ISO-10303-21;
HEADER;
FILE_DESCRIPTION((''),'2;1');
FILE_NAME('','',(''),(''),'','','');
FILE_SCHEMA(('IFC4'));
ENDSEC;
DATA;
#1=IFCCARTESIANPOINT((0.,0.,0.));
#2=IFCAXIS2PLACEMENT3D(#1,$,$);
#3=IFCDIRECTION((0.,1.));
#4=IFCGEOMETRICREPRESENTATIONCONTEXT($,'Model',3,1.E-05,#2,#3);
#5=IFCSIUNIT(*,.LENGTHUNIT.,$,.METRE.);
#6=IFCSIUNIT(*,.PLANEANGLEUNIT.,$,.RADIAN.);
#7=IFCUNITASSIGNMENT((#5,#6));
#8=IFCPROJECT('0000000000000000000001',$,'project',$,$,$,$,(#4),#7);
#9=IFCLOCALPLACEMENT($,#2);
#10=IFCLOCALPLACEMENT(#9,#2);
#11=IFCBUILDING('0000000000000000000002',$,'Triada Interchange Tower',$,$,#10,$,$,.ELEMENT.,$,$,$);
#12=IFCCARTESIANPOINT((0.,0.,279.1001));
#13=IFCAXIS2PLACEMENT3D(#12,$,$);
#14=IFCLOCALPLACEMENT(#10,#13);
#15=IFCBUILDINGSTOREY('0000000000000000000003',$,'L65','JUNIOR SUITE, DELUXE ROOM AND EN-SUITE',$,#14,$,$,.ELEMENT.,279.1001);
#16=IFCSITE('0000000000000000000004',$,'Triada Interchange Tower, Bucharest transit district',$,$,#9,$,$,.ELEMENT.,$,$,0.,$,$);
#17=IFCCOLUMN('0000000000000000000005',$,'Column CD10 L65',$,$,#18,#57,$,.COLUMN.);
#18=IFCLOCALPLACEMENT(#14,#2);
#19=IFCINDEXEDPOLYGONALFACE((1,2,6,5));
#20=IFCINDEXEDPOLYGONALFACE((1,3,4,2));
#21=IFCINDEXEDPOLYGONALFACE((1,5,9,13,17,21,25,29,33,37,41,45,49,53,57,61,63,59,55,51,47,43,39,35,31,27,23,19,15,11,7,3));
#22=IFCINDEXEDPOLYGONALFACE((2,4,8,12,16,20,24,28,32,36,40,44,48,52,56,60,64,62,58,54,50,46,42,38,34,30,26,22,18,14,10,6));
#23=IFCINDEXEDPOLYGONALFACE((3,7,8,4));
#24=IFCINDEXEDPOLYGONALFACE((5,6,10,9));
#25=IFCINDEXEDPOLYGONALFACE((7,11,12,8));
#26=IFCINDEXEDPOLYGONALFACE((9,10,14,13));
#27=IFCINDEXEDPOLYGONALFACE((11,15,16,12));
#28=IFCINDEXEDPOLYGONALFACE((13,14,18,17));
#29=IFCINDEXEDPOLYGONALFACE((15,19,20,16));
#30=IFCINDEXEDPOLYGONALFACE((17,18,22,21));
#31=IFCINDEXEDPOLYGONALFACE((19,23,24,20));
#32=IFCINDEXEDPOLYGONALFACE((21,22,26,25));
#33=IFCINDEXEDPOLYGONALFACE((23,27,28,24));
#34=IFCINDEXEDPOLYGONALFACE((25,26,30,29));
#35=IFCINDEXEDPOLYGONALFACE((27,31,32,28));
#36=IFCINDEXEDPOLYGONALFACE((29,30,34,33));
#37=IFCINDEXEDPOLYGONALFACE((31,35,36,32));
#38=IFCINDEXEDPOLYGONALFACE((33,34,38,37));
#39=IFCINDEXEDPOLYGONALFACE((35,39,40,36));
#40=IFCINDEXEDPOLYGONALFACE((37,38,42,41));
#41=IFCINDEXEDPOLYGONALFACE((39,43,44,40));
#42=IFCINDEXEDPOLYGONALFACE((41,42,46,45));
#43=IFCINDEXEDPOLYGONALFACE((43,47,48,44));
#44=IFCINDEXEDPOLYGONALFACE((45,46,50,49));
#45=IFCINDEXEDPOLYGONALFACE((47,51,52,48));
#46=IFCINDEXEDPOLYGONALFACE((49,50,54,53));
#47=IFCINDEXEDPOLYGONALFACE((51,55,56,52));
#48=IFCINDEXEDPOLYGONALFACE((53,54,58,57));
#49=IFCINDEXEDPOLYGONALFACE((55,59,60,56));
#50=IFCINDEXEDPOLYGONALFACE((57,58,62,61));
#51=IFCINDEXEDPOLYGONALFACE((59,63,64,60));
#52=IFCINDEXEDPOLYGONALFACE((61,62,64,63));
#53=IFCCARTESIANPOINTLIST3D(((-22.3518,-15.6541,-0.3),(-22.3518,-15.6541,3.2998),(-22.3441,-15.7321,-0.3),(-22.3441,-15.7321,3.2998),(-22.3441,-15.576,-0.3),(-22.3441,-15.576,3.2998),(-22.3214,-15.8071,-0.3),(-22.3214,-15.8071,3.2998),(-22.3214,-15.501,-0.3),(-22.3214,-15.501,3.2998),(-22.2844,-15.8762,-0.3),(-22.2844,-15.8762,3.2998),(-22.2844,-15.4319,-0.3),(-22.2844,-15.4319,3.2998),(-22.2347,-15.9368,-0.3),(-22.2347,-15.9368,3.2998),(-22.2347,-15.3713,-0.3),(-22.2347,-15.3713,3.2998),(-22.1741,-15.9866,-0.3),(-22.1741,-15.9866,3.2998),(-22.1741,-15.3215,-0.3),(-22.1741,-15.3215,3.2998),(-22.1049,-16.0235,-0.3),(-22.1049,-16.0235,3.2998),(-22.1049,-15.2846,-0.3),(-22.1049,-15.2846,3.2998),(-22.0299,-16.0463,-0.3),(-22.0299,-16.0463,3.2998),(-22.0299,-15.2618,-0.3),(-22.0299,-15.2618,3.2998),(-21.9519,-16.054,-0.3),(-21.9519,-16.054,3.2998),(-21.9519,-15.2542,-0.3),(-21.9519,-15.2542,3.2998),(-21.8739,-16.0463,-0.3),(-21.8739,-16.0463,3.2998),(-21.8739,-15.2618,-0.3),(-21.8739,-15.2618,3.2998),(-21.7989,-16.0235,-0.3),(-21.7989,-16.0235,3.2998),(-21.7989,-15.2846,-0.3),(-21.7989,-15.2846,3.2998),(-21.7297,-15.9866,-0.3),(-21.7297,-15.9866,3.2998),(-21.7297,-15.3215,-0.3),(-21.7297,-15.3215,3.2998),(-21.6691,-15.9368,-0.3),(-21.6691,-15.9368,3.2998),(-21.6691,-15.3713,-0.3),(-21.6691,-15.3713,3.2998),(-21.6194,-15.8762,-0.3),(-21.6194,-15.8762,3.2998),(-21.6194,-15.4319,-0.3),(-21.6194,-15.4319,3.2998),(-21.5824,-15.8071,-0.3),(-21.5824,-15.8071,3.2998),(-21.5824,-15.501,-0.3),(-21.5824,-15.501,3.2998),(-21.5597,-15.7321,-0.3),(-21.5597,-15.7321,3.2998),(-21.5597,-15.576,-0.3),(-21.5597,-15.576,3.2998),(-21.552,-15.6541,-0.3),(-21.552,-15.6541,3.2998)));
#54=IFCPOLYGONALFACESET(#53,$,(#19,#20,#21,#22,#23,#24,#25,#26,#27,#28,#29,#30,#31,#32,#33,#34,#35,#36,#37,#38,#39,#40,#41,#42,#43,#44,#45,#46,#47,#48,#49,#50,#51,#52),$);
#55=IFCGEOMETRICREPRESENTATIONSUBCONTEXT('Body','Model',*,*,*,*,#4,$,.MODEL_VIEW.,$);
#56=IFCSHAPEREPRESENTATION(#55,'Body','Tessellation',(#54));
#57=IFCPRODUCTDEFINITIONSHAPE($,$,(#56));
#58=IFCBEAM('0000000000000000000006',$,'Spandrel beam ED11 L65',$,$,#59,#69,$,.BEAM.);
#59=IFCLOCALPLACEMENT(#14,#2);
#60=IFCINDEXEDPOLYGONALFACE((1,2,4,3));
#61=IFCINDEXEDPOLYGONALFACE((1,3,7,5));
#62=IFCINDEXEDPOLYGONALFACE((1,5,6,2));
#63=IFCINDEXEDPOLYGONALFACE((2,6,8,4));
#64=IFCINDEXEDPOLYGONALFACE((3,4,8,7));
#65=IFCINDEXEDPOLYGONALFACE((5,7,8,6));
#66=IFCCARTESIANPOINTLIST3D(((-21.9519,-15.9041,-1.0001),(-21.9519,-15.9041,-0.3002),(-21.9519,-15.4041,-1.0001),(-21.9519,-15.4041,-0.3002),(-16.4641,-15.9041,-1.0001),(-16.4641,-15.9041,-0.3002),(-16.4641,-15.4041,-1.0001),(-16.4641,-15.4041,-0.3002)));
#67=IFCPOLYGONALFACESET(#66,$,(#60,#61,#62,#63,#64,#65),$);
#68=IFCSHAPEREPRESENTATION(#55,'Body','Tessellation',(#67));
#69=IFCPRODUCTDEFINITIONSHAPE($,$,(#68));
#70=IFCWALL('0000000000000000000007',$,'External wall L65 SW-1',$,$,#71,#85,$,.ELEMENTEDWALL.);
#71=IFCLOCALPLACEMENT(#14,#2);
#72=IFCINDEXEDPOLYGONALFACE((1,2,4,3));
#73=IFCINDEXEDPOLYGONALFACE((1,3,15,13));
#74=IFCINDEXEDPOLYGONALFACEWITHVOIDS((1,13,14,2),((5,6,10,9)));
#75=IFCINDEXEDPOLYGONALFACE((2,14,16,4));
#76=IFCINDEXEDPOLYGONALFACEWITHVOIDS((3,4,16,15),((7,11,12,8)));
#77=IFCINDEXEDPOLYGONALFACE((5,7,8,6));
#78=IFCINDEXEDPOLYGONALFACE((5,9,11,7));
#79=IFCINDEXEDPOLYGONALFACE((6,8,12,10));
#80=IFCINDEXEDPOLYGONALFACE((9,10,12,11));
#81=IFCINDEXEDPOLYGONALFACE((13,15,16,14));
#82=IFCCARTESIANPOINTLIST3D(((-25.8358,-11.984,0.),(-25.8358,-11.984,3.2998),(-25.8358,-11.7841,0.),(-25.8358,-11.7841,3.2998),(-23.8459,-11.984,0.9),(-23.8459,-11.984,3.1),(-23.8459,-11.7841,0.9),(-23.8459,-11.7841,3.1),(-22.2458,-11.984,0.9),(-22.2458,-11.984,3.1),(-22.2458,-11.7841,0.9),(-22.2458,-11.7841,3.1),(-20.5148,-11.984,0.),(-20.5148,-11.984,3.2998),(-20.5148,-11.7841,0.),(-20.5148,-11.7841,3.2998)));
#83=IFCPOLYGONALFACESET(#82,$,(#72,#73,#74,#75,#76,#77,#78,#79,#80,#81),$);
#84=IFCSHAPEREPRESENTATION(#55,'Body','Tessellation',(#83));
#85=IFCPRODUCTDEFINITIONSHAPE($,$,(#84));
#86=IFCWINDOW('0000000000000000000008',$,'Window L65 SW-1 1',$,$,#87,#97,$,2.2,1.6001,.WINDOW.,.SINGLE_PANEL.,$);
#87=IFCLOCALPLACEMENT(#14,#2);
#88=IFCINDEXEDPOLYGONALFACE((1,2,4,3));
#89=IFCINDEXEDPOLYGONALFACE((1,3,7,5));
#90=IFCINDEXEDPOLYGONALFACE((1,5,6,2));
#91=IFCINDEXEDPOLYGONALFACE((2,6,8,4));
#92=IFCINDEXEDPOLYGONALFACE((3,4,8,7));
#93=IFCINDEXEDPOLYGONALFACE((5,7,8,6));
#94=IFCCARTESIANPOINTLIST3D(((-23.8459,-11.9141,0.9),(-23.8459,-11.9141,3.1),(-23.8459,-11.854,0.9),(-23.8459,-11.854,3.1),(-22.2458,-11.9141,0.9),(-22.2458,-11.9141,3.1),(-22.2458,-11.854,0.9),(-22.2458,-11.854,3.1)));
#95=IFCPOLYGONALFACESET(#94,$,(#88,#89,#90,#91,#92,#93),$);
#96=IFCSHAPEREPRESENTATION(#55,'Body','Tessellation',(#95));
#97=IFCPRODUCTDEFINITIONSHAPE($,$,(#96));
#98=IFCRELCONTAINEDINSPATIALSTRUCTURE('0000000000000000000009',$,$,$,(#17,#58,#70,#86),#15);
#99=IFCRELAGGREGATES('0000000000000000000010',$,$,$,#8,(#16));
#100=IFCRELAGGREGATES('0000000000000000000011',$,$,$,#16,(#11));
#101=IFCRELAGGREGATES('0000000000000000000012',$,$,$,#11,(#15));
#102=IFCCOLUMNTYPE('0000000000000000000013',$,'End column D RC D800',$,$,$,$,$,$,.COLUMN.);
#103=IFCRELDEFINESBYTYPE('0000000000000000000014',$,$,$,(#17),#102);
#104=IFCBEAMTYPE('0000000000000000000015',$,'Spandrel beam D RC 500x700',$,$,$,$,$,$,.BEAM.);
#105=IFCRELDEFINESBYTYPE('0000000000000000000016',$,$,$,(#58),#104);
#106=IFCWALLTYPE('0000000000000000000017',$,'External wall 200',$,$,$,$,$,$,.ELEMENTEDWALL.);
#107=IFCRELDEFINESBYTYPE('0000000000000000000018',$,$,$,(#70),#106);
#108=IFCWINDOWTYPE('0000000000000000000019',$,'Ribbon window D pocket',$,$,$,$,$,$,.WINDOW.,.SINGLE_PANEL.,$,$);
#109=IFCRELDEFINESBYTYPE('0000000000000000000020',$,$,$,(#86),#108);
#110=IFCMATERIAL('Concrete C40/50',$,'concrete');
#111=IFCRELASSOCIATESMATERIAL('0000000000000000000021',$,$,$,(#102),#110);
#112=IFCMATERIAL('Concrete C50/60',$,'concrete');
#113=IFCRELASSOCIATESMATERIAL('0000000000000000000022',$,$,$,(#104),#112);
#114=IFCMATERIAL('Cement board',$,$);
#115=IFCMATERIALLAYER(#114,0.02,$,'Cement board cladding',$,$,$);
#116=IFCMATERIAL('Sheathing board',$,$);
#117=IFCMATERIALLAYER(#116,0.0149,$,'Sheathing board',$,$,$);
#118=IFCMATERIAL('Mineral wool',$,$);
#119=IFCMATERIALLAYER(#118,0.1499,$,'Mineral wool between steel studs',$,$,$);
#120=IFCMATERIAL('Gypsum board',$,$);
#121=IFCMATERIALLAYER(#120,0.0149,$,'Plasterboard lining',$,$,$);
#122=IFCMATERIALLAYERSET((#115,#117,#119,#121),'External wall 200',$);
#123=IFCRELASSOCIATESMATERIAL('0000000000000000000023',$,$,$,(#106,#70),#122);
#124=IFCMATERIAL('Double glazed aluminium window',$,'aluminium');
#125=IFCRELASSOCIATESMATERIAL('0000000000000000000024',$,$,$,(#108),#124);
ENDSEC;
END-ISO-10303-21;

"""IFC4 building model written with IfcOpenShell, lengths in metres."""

from ifc_helpers import new_model, si_unit, direction, frame, frame_2d, origin, origin_2d, place, context, subcontext, project, spatial, rectangle, circle, extrude, material, layer, layer_set, layer_usage, material_profile, profile_set, type_object, element, fill, save


model = new_model("IFC4")

# Units and contexts
model_context = context("Model", 3, precision=1e-05, world=origin(), true_north=direction((0.0, 1.0)))
body_context = subcontext(model_context, "Body", "Model", "MODEL_VIEW")
ifc_project = project(units=[si_unit("LENGTHUNIT", "METRE"), si_unit("PLANEANGLEUNIT", "RADIAN")], contexts=[model_context])

# Site, building, storey
site_placement = place(None, origin())
site = spatial("IfcSite", under=ifc_project, at=site_placement, Name="Triada Interchange Tower, Bucharest transit district", CompositionType="ELEMENT", RefElevation=0.0)
building_placement = place(site_placement, origin())
building = spatial("IfcBuilding", under=site, at=building_placement, Name="Triada Interchange Tower", CompositionType="ELEMENT")
storey_placement = place(building_placement, frame((0.0, 0.0, 279.1001)))
storey = spatial("IfcBuildingStorey", under=building, at=storey_placement, Name="L65", Description="JUNIOR SUITE, DELUXE ROOM AND EN-SUITE", CompositionType="ELEMENT", Elevation=279.1001)

# Column
ifc_material_1 = material(Name="Concrete C40/50", Category="concrete")
ifc_material_profile_1 = material_profile(ifc_material_1, circle(Radius=0.3999, at=origin_2d()), Name="RC D800")
ifc_profile_set_1 = profile_set([ifc_material_profile_1], Name="Concrete C40/50")
column_type = type_object("IfcColumnType", Name="End column D RC D800", PredefinedType="COLUMN", material=ifc_profile_set_1)
column_placement = place(storey_placement, frame((-21.9519, -15.6541, -0.3), z_axis=(0.0, 0.0, 1.0), x_axis=(1.0, 0.0, 0.0)))
element("IfcColumn", 1, at=column_placement, inside=storey, type_object=column_type, Name="Column CD10 L65", PredefinedType="COLUMN", context=body_context, shape_type="SweptSolid", body=[
    extrude(circle(Radius=0.3999, at=origin_2d()), origin(), (0.0, 0.0, 1.0), 3.5999),
])

# Beam
ifc_material_2 = material(Name="Concrete C50/60", Category="concrete")
ifc_material_profile_2 = material_profile(ifc_material_2, rectangle(XDim=0.5, YDim=0.7, at=origin_2d()), Name="RC 500x700")
ifc_profile_set_2 = profile_set([ifc_material_profile_2], Name="Concrete C50/60")
beam_type = type_object("IfcBeamType", Name="Spandrel beam D RC 500x700", PredefinedType="BEAM", material=ifc_profile_set_2)
beam_placement = place(storey_placement, frame((-21.9519, -15.6541, -0.6501), z_axis=(1.0, 0.0, 0.0), x_axis=(0.0, 1.0, 0.0)))
element("IfcBeam", 2, at=beam_placement, inside=storey, type_object=beam_type, Name="Spandrel beam ED11 L65", PredefinedType="BEAM", context=body_context, shape_type="SweptSolid", body=[
    extrude(rectangle(XDim=0.5, YDim=0.7, at=origin_2d()), origin(), (0.0, 0.0, 1.0), 5.4878),
])

# Wall, opening, window
ifc_material_3 = material(Name="Cement board")
ifc_layer_1 = layer(ifc_material_3, 0.02, Name="Cement board cladding")
ifc_material_4 = material(Name="Sheathing board")
ifc_layer_2 = layer(ifc_material_4, 0.0149, Name="Sheathing board")
ifc_material_5 = material(Name="Mineral wool")
ifc_layer_3 = layer(ifc_material_5, 0.1499, Name="Mineral wool between steel studs")
ifc_material_6 = material(Name="Gypsum board")
ifc_layer_4 = layer(ifc_material_6, 0.0149, Name="Plasterboard lining")
ifc_layer_set_1 = layer_set([ifc_layer_1, ifc_layer_2, ifc_layer_3, ifc_layer_4], Name="External wall 200")
ifc_layer_usage = layer_usage(ifc_layer_set_1, "AXIS2", "POSITIVE", -0.1001)
wall_type = type_object("IfcWallType", Name="External wall 200", PredefinedType="ELEMENTEDWALL", material=ifc_layer_set_1)
wall_1_placement = place(storey_placement, frame((-25.8359, -11.884, 0.0), z_axis=(0.0, 0.0, 1.0), x_axis=(1.0, 0.0, 0.0)))
wall_1 = element("IfcWall", 3, at=wall_1_placement, inside=storey, type_object=wall_type, material=ifc_layer_usage, Name="External wall L65 SW-1", PredefinedType="ELEMENTEDWALL", context=body_context, shape_type="SweptSolid", body=[
    extrude(rectangle(XDim=5.321, YDim=0.2, at=frame_2d((2.6606, 0.0))), origin(), (0.0, 0.0, 1.0), 3.2998),
])
opening_1_placement = place(wall_1_placement, frame((1.99, 0.0, 0.8999)))
opening_1 = element("IfcOpeningElement", 4, at=opening_1_placement, cuts=wall_1, PredefinedType="OPENING", context=body_context, shape_type="SweptSolid", body=[
    extrude(rectangle(XDim=1.6001, YDim=2.2, at=frame_2d((0.8, 1.1001))), frame((0.0, 0.1099, 0.0), z_axis=(0.0, -1.0, 0.0), x_axis=(1.0, 0.0, 0.0)), (0.0, 0.0, 1.0), 0.22),
])
ifc_material_7 = material(Name="Double glazed aluminium window", Category="aluminium")
window_type_1 = type_object("IfcWindowType", Name="Ribbon window D pocket", PartitioningType="SINGLE_PANEL", PredefinedType="WINDOW", material=ifc_material_7)
window_1_placement = place(opening_1_placement, origin())
window_1 = element("IfcWindow", 5, at=window_1_placement, inside=storey, type_object=window_type_1, Name="Window L65 SW-1 1", OverallHeight=2.2, OverallWidth=1.6001, PartitioningType="SINGLE_PANEL", PredefinedType="WINDOW", context=body_context, shape_type="SweptSolid", body=[
    extrude(rectangle(XDim=1.6001, YDim=2.2, at=frame_2d((0.8, 1.1001))), frame((0.0, 0.03, 0.0), z_axis=(0.0, -1.0, 0.0), x_axis=(1.0, 0.0, 0.0)), (0.0, 0.0, 1.0), 0.0601),
])
fill(opening_1, window_1)

save(model, "model.ifc")
